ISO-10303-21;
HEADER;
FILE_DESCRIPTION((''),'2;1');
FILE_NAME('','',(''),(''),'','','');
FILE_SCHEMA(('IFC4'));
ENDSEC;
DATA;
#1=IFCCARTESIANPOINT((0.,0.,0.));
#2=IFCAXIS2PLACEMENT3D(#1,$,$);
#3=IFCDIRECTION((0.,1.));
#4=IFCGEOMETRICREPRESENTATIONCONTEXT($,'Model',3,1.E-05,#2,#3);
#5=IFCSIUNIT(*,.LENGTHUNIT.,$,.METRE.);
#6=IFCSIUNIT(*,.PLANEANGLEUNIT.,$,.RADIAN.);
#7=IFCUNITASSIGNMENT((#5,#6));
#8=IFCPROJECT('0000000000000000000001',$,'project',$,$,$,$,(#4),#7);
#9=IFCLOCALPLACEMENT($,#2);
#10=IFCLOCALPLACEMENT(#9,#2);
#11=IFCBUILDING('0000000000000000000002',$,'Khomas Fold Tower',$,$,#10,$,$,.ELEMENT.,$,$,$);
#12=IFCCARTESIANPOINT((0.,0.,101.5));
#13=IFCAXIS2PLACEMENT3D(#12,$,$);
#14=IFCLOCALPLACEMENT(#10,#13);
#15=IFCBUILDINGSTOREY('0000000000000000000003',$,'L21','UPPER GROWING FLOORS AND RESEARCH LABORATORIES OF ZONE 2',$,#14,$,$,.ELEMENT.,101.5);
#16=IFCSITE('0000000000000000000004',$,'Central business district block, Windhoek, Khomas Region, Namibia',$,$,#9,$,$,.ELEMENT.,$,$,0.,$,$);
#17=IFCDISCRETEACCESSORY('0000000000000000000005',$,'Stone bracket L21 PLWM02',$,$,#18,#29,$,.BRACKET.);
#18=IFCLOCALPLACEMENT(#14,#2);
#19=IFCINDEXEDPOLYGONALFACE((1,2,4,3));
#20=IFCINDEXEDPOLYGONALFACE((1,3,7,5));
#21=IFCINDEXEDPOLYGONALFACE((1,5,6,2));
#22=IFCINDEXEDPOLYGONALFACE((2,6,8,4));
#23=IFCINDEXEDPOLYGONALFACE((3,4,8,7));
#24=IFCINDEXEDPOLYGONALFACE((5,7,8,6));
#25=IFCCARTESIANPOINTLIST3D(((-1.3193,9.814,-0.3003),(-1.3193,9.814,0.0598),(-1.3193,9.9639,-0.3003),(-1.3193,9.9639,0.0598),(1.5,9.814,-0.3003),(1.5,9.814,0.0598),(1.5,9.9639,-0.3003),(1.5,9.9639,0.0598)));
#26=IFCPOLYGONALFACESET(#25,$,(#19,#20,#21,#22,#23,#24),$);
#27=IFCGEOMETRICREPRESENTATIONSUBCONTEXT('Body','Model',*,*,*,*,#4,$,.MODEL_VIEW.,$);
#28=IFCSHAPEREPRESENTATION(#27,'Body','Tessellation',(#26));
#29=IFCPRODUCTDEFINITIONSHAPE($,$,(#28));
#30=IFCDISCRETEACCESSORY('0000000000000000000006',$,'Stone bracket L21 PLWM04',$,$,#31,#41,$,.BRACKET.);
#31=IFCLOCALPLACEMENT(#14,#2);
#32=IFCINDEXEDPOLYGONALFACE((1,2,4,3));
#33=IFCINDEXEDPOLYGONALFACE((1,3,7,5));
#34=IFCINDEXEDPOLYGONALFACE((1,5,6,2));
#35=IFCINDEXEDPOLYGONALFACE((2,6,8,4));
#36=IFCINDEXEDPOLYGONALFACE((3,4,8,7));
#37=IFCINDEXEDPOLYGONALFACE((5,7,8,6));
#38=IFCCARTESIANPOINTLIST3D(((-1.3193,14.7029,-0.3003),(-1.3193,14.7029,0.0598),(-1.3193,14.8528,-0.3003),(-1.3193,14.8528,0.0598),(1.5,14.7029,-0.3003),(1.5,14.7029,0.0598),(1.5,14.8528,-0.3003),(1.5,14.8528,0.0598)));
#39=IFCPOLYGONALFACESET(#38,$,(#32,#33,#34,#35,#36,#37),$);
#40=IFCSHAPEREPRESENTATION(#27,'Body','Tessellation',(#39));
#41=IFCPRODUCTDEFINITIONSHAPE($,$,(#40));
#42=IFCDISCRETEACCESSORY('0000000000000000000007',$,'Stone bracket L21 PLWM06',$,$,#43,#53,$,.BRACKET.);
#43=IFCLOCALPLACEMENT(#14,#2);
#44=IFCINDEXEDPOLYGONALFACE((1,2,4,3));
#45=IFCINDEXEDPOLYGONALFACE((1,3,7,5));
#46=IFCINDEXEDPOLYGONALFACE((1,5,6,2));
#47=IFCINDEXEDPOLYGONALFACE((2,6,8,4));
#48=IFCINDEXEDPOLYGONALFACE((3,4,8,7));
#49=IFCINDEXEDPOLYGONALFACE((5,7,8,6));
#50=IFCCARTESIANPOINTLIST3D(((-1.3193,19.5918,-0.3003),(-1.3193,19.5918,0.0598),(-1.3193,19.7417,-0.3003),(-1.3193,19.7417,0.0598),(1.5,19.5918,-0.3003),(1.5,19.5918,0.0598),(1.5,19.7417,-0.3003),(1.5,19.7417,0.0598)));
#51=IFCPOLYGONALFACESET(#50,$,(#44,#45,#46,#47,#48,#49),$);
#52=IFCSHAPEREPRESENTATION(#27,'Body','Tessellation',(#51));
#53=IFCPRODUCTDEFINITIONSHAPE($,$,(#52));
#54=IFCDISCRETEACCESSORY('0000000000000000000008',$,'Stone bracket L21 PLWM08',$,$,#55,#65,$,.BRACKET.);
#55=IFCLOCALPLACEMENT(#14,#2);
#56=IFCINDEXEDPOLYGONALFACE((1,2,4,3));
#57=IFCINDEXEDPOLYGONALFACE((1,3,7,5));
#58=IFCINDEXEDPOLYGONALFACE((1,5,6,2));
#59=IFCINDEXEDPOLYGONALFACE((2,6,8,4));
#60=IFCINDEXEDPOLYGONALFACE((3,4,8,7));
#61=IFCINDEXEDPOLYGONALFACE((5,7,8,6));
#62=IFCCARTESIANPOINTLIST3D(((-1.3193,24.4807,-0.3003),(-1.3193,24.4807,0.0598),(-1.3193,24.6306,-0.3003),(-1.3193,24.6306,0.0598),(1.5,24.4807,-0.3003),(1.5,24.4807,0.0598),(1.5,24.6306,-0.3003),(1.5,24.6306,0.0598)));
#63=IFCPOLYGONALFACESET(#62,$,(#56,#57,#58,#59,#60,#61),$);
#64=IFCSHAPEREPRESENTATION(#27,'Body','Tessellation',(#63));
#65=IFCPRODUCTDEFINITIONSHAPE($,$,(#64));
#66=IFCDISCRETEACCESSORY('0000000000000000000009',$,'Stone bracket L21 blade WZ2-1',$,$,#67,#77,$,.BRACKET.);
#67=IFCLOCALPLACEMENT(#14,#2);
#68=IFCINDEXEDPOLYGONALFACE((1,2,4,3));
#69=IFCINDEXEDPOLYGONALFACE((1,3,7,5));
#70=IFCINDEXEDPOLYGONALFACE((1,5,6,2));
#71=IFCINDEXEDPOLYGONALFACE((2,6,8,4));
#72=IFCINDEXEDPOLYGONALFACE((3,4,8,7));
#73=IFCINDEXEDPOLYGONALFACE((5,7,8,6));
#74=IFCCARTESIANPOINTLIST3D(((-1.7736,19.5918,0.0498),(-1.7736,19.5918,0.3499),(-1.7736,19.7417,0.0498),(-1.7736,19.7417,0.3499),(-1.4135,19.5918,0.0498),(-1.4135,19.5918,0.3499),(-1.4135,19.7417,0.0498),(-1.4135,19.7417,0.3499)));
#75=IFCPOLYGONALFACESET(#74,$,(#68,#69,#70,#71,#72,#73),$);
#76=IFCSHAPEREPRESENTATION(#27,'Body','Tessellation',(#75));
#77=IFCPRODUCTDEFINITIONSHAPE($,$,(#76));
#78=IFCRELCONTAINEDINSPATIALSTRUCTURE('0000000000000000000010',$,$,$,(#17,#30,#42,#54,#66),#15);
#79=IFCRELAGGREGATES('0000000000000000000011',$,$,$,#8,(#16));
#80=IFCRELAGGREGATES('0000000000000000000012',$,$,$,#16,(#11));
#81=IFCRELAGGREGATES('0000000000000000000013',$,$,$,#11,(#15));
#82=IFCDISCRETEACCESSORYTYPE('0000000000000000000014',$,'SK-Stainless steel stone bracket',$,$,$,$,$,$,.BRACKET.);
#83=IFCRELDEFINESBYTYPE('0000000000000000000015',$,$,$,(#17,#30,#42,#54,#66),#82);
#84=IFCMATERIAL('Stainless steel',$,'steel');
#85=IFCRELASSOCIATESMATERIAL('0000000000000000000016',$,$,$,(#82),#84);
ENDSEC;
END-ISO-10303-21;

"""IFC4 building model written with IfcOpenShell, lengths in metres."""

from ifc_helpers import new_model, si_unit, direction, frame, origin, origin_2d, place, context, subcontext, project, spatial, rectangle, extrude, source, transform, mapped, material, type_object, element, save


model = new_model("IFC4")

# Units and contexts
model_context = context("Model", 3, precision=1e-05, world=origin(), true_north=direction((0.0, 1.0)))
body_context = subcontext(model_context, "Body", "Model", "MODEL_VIEW")
ifc_project = project(units=[si_unit("LENGTHUNIT", "METRE"), si_unit("PLANEANGLEUNIT", "RADIAN")], contexts=[model_context])

# Site, building, storey
site_placement = place(None, origin())
site = spatial("IfcSite", under=ifc_project, at=site_placement, Name="Central business district block, Windhoek, Khomas Region, Namibia", CompositionType="ELEMENT", RefElevation=0.0)
building_placement = place(site_placement, origin())
building = spatial("IfcBuilding", under=site, at=building_placement, Name="Khomas Fold Tower", CompositionType="ELEMENT")
storey_placement = place(building_placement, frame((0.0, 0.0, 101.5)))
storey = spatial("IfcBuildingStorey", under=building, at=storey_placement, Name="L21", Description="UPPER GROWING FLOORS AND RESEARCH LABORATORIES OF ZONE 2", CompositionType="ELEMENT", Elevation=101.5)

# Discrete accessories
ifc_material_1 = material(Name="Stainless steel", Category="steel")
discrete_accessory_type = type_object("IfcDiscreteAccessoryType", Name="SK-Stainless steel stone bracket", PredefinedType="BRACKET", material=ifc_material_1)
shared_shape_1 = source(origin(), body_context, "Body", "SweptSolid", [
    extrude(rectangle(XDim=2.8193, YDim=0.1499, at=origin_2d()), origin(), (0.0, 0.0, 1.0), 0.3601),
])
for number, where, z_axis, x_axis, name in (
    (1, (0.0903, 9.8889, -0.3003), (0.0, 0.0, 1.0), (-1.0, 0.0, 0.0), "Stone bracket L21 PLWM02"),
    (2, (0.0903, 14.7778, -0.3003), (0.0, 0.0, 1.0), (-1.0, 0.0, 0.0), "Stone bracket L21 PLWM04"),
    (3, (0.0903, 19.6667, -0.3003), (0.0, 0.0, 1.0), (-1.0, 0.0, 0.0), "Stone bracket L21 PLWM06"),
    (4, (0.0903, 24.5557, -0.3003), (0.0, 0.0, 1.0), (-1.0, 0.0, 0.0), "Stone bracket L21 PLWM08"),
):
    element("IfcDiscreteAccessory", number, at=place(storey_placement, frame(where, z_axis=z_axis, x_axis=x_axis)), inside=storey, type_object=discrete_accessory_type, Name=name, PredefinedType="BRACKET", context=body_context, shape_type="MappedRepresentation", body=[
        mapped(shared_shape_1, transform((0.0, 0.0, 0.0))),
    ])
shared_shape_2 = source(origin(), body_context, "Body", "SweptSolid", [
    extrude(rectangle(XDim=0.3601, YDim=0.1499, at=origin_2d()), origin(), (0.0, 0.0, 1.0), 0.3),
])
discrete_accessory_placement = place(storey_placement, frame((-1.5935, 19.6667, 0.0498), z_axis=(0.0, 0.0, 1.0), x_axis=(-1.0, 0.0, 0.0)))
element("IfcDiscreteAccessory", 5, at=discrete_accessory_placement, inside=storey, type_object=discrete_accessory_type, Name="Stone bracket L21 blade WZ2-1", PredefinedType="BRACKET", context=body_context, shape_type="MappedRepresentation", body=[
    mapped(shared_shape_2, transform((0.0, 0.0, 0.0))),
])

save(model, "model.ifc")
